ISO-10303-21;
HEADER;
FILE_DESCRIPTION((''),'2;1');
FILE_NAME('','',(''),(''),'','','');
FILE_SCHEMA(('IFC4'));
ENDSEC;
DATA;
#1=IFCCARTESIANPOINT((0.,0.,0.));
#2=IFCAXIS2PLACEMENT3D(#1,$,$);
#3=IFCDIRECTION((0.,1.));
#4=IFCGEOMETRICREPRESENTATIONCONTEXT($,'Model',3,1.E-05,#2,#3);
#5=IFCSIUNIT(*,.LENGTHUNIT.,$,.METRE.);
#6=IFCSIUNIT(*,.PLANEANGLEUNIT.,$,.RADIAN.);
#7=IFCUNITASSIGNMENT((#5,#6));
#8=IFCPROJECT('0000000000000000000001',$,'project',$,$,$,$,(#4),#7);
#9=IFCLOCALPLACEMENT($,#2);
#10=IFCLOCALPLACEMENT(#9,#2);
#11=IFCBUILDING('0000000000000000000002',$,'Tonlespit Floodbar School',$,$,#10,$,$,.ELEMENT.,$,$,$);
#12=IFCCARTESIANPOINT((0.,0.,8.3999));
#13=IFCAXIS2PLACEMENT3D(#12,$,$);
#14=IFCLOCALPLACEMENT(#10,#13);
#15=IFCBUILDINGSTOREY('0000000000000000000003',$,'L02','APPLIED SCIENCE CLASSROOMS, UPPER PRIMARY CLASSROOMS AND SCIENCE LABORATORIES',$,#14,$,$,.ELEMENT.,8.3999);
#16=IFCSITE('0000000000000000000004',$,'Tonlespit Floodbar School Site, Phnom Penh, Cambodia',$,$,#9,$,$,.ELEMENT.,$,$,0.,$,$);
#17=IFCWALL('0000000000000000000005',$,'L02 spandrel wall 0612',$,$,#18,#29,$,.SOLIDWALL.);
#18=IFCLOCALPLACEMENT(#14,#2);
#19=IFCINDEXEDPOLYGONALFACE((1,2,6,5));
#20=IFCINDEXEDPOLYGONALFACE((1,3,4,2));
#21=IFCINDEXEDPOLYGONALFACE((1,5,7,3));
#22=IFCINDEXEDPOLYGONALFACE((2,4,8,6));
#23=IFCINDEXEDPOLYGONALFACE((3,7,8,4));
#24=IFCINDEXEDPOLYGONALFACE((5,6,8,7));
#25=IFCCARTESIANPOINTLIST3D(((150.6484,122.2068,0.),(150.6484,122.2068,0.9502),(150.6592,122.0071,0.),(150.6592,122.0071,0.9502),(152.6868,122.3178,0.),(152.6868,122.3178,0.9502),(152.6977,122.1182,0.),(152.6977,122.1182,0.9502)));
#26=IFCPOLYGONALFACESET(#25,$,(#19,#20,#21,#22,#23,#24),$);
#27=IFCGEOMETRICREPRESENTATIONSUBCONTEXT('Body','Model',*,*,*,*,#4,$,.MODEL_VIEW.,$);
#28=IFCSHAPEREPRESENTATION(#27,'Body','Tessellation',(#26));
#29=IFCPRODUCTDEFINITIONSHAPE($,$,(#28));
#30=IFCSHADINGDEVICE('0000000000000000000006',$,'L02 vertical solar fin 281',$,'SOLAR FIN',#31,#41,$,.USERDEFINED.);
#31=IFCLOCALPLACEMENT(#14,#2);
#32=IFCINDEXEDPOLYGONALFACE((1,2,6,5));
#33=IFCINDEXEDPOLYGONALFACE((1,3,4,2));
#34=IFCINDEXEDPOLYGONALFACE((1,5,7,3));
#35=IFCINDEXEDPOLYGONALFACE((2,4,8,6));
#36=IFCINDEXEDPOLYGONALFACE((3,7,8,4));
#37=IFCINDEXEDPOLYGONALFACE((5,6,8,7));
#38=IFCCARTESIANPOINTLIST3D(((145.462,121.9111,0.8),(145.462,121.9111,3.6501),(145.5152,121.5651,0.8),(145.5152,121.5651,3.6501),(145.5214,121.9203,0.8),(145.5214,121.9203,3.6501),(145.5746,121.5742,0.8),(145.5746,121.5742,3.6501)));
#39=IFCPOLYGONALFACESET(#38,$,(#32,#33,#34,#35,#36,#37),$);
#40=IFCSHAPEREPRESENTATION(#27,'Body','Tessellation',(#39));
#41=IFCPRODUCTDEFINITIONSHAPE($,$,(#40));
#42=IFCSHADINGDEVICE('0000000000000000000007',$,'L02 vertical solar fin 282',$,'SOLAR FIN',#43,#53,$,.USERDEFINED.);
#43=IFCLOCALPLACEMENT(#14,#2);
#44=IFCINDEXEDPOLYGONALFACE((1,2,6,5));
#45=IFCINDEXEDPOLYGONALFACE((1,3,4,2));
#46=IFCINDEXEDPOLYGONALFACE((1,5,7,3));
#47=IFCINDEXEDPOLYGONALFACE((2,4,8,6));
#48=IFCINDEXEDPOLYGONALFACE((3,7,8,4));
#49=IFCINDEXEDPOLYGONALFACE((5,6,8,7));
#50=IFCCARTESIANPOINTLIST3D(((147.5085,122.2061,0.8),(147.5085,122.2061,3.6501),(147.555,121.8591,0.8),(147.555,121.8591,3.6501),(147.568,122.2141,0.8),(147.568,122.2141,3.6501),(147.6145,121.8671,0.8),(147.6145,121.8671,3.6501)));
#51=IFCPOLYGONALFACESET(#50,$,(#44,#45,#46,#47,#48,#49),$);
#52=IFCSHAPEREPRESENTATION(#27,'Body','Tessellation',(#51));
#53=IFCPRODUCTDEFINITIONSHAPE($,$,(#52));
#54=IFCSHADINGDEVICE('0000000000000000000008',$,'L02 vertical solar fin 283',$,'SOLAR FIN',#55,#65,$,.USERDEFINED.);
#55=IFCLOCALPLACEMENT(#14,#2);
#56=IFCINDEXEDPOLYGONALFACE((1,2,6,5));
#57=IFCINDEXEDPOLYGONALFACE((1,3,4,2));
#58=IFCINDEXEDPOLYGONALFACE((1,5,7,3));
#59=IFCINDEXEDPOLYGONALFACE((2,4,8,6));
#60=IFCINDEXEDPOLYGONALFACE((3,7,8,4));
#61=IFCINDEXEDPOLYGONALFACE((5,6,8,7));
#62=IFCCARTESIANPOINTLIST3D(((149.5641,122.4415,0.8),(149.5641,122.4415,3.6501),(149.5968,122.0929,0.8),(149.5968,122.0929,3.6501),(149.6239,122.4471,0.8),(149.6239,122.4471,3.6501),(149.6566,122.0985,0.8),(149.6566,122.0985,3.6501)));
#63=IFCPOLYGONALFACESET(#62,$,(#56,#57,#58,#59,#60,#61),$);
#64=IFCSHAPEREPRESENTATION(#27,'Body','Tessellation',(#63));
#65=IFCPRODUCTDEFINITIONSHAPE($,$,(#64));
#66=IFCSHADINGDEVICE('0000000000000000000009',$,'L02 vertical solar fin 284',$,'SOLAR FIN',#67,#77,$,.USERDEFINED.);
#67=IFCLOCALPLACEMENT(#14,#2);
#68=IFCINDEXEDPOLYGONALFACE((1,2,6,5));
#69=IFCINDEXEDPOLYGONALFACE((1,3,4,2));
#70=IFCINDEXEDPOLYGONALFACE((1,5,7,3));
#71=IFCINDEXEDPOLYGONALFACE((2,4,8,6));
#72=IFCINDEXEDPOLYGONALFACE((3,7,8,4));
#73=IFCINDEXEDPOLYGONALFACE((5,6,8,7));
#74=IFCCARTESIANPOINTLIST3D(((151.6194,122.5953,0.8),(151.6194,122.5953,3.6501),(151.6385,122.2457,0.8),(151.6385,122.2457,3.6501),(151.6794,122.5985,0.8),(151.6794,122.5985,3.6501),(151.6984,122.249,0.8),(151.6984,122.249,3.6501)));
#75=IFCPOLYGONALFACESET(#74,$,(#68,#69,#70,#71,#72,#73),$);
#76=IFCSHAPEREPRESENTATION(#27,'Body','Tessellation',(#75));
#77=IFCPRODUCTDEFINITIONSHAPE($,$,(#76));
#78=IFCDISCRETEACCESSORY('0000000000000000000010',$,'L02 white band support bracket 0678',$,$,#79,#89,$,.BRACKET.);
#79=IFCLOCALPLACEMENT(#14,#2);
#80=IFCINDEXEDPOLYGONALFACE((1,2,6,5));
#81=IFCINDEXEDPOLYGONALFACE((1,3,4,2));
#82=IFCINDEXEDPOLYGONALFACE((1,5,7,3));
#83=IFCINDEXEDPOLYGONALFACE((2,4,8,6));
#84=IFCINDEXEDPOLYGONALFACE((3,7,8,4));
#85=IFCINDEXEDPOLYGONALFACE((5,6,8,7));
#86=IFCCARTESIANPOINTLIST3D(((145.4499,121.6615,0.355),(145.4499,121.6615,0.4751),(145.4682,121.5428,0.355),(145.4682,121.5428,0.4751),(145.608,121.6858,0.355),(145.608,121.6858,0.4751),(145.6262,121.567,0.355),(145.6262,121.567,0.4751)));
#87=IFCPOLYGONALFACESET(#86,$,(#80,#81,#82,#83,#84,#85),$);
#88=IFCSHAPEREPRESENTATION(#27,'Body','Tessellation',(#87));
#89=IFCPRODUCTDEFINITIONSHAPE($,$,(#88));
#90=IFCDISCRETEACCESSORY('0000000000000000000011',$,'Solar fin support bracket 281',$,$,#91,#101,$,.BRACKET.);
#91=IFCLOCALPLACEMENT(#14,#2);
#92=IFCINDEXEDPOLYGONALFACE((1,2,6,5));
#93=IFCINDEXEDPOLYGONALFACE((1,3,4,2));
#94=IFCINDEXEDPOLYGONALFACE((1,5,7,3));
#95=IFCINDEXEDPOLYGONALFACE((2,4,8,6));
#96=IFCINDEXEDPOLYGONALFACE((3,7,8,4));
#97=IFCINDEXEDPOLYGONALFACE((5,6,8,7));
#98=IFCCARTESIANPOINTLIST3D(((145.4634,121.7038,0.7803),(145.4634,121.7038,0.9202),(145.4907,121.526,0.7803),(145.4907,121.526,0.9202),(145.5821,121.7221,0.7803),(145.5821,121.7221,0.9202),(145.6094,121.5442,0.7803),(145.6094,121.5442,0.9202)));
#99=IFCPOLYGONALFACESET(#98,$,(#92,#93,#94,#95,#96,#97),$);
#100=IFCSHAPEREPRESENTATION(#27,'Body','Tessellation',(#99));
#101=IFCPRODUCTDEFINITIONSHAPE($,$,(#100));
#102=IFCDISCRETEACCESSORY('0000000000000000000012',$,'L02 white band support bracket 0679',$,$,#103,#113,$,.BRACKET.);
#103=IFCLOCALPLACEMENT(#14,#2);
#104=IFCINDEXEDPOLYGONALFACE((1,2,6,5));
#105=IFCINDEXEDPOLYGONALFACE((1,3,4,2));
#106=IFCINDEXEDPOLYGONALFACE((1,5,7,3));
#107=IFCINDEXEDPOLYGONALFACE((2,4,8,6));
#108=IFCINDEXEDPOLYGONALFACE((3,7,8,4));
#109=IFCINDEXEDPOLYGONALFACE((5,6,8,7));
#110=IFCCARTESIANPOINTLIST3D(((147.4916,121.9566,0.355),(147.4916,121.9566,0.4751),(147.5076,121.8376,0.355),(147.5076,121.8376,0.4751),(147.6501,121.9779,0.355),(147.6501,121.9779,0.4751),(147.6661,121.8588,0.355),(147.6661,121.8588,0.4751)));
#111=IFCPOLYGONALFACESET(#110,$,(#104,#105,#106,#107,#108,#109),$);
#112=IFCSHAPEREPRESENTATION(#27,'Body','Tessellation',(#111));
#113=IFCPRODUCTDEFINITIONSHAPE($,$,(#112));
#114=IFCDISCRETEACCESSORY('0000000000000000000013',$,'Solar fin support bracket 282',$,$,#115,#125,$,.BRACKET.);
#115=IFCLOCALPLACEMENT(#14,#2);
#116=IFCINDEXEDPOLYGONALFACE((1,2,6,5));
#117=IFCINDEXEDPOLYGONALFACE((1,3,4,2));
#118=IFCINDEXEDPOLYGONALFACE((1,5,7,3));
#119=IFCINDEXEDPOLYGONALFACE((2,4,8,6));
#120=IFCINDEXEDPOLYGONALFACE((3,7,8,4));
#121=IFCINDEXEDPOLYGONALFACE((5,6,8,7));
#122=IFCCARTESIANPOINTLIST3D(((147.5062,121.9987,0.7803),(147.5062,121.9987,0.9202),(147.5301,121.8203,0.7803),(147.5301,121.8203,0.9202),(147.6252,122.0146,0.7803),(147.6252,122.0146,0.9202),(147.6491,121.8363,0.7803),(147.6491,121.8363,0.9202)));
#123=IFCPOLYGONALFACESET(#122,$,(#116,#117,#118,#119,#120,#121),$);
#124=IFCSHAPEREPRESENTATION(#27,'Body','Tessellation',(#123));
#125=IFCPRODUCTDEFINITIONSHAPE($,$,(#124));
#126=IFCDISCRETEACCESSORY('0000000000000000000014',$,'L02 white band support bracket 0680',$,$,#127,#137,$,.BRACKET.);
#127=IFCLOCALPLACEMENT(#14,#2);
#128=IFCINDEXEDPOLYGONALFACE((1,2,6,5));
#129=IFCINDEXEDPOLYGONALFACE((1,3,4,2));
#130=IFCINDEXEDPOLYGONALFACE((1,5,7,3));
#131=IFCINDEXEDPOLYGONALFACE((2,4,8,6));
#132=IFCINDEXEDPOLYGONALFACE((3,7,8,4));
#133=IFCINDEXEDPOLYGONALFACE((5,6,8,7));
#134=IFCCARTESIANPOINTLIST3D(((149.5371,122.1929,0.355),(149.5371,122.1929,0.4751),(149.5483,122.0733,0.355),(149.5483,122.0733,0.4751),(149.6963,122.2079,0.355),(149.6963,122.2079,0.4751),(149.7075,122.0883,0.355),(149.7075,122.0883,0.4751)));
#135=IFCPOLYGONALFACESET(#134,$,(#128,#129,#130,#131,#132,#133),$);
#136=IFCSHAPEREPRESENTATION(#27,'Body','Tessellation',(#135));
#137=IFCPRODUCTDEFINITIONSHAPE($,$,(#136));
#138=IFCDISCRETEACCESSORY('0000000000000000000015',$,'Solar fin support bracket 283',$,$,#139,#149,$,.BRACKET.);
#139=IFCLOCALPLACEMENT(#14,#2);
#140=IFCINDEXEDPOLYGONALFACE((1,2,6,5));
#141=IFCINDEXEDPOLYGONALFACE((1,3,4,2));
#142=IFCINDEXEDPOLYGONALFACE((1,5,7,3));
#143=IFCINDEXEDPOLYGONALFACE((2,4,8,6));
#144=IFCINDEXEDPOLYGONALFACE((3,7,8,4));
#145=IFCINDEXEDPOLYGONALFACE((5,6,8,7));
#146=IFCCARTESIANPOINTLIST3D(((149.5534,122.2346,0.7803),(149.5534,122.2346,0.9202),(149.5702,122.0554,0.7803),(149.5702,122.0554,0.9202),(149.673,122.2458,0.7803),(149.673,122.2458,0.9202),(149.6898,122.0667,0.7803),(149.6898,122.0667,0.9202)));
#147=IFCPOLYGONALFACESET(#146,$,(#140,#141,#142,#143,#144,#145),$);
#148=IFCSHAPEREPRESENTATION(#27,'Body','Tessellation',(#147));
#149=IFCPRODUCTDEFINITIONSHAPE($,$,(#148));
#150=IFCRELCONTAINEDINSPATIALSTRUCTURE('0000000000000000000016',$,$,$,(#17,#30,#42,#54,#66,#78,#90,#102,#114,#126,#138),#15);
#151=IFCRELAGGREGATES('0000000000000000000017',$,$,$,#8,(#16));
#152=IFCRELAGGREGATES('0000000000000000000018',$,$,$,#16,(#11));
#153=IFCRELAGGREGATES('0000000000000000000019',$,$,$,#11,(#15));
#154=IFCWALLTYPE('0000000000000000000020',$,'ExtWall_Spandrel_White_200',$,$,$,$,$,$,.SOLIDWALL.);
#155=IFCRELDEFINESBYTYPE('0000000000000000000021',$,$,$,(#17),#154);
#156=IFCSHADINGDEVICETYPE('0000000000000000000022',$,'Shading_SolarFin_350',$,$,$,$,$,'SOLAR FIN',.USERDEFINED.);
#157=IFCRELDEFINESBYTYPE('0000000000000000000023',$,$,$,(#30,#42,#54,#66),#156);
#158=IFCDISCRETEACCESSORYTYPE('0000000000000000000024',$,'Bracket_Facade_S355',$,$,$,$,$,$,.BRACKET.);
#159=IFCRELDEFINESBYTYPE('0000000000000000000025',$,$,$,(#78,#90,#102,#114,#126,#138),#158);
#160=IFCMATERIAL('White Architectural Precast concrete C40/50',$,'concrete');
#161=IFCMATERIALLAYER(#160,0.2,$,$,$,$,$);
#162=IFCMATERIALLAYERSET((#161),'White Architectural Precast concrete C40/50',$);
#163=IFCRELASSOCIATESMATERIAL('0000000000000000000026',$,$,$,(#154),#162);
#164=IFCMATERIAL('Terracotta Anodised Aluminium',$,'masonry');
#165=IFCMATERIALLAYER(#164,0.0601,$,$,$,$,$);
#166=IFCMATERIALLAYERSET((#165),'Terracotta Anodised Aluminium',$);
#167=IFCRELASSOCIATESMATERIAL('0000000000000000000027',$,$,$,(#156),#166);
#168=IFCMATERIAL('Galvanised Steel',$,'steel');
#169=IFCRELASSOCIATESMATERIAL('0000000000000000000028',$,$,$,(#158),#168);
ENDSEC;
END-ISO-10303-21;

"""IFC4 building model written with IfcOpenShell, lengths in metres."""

from ifc_helpers import new_model, si_unit, direction, frame, frame_2d, origin, origin_2d, place, context, subcontext, project, spatial, rectangle, extrude, material, layer, layer_set, type_object, element, save


model = new_model("IFC4")

# Units and contexts
model_context = context("Model", 3, precision=1e-05, world=origin(), true_north=direction((0.0, 1.0)))
body_context = subcontext(model_context, "Body", "Model", "MODEL_VIEW")
ifc_project = project(units=[si_unit("LENGTHUNIT", "METRE"), si_unit("PLANEANGLEUNIT", "RADIAN")], contexts=[model_context])

# Site, building, storey
site_placement = place(None, origin())
site = spatial("IfcSite", under=ifc_project, at=site_placement, Name="Tonlespit Floodbar School Site, Phnom Penh, Cambodia", CompositionType="ELEMENT", RefElevation=0.0)
building_placement = place(site_placement, origin())
building = spatial("IfcBuilding", under=site, at=building_placement, Name="Tonlespit Floodbar School", CompositionType="ELEMENT")
storey_placement = place(building_placement, frame((0.0, 0.0, 8.3999)))
storey = spatial("IfcBuildingStorey", under=building, at=storey_placement, Name="L02", Description="APPLIED SCIENCE CLASSROOMS, UPPER PRIMARY CLASSROOMS AND SCIENCE LABORATORIES", CompositionType="ELEMENT", Elevation=8.3999)

# Wall
ifc_material_1 = material(Name="White Architectural Precast concrete C40/50", Category="concrete")
ifc_layer_1 = layer(ifc_material_1, 0.2)
ifc_layer_set_1 = layer_set([ifc_layer_1], Name="White Architectural Precast concrete C40/50")
wall_type = type_object("IfcWallType", Name="ExtWall_Spandrel_White_200", PredefinedType="SOLIDWALL", material=ifc_layer_set_1)
wall_1_placement = place(storey_placement, frame((150.6538, 122.1069, 0.0), z_axis=(0.0, 0.0, 1.0), x_axis=(0.998519, 0.05441, 0.0)))
element("IfcWall", 1, at=wall_1_placement, inside=storey, type_object=wall_type, Name="L02 spandrel wall 0612", PredefinedType="SOLIDWALL", context=body_context, shape_type="SweptSolid", body=[
    extrude(rectangle(XDim=2.0415, YDim=0.2, at=frame_2d((1.0208, 0.0))), origin(), (0.0, 0.0, 1.0), 0.9502),
])

# Shading devices
ifc_material_2 = material(Name="Terracotta Anodised Aluminium", Category="masonry")
ifc_layer_2 = layer(ifc_material_2, 0.0601)
ifc_layer_set_2 = layer_set([ifc_layer_2], Name="Terracotta Anodised Aluminium")
shading_device_type = type_object("IfcShadingDeviceType", Name="Shading_SolarFin_350", ElementType="SOLAR FIN", PredefinedType="USERDEFINED", material=ifc_layer_set_2)
for number, where, z_axis, x_axis, name in (
    (2, (145.5183, 121.7427, 0.8), (0.0, 0.0, 1.0), (0.988401, 0.151868, 0.0), "L02 vertical solar fin 281"),
    (3, (147.5615, 122.0366, 0.8), (0.0, 0.0, 1.0), (0.991145, 0.132784, 0.0), "L02 vertical solar fin 282"),
    (4, (149.6104, 122.27, 0.8), (0.0, 0.0, 1.0), (0.995611, 0.093584, 0.0), "L02 vertical solar fin 283"),
    (5, (151.6589, 122.4221, 0.8), (0.0, 0.0, 1.0), (0.998521, 0.054372, 0.0), "L02 vertical solar fin 284"),
):
    element("IfcShadingDevice", number, at=place(storey_placement, frame(where, z_axis=z_axis, x_axis=x_axis)), inside=storey, type_object=shading_device_type, Name=name, ObjectType="SOLAR FIN", PredefinedType="USERDEFINED", context=body_context, shape_type="SweptSolid", body=[
        extrude(rectangle(XDim=0.0601, YDim=0.3501, at=origin_2d()), origin(), (0.0, 0.0, 1.0), 2.8501),
    ])

# Discrete accessories
ifc_material_3 = material(Name="Galvanised Steel", Category="steel")
discrete_accessory_type = type_object("IfcDiscreteAccessoryType", Name="Bracket_Facade_S355", PredefinedType="BRACKET", material=ifc_material_3)
discrete_accessory_1_placement = place(storey_placement, frame((145.5381, 121.6143, 0.355), z_axis=(0.0, 0.0, 1.0), x_axis=(0.988401, 0.151868, 0.0)))
element("IfcDiscreteAccessory", 6, at=discrete_accessory_1_placement, inside=storey, type_object=discrete_accessory_type, Name="L02 white band support bracket 0678", PredefinedType="BRACKET", context=body_context, shape_type="SweptSolid", body=[
    extrude(rectangle(XDim=0.1599, YDim=0.1201, at=origin_2d()), origin(), (0.0, 0.0, 1.0), 0.1201),
])
discrete_accessory_2_placement = place(storey_placement, frame((145.5364, 121.624, 0.7803), z_axis=(0.0, 0.0, 1.0), x_axis=(0.988401, 0.151868, 0.0)))
element("IfcDiscreteAccessory", 7, at=discrete_accessory_2_placement, inside=storey, type_object=discrete_accessory_type, Name="Solar fin support bracket 281", PredefinedType="BRACKET", context=body_context, shape_type="SweptSolid", body=[
    extrude(rectangle(XDim=0.1201, YDim=0.1799, at=origin_2d()), origin(), (0.0, 0.0, 1.0), 0.1399),
])
discrete_accessory_3_placement = place(storey_placement, frame((147.5789, 121.9077, 0.355), z_axis=(0.0, 0.0, 1.0), x_axis=(0.991145, 0.132784, 0.0)))
element("IfcDiscreteAccessory", 8, at=discrete_accessory_3_placement, inside=storey, type_object=discrete_accessory_type, Name="L02 white band support bracket 0679", PredefinedType="BRACKET", context=body_context, shape_type="SweptSolid", body=[
    extrude(rectangle(XDim=0.1599, YDim=0.1201, at=origin_2d()), origin(), (0.0, 0.0, 1.0), 0.1201),
])
discrete_accessory_4_placement = place(storey_placement, frame((147.5776, 121.9175, 0.7803), z_axis=(0.0, 0.0, 1.0), x_axis=(0.991145, 0.132784, 0.0)))
element("IfcDiscreteAccessory", 9, at=discrete_accessory_4_placement, inside=storey, type_object=discrete_accessory_type, Name="Solar fin support bracket 282", PredefinedType="BRACKET", context=body_context, shape_type="SweptSolid", body=[
    extrude(rectangle(XDim=0.1201, YDim=0.1799, at=origin_2d()), origin(), (0.0, 0.0, 1.0), 0.1399),
])
discrete_accessory_5_placement = place(storey_placement, frame((149.6223, 122.1406, 0.355), z_axis=(0.0, 0.0, 1.0), x_axis=(0.995611, 0.093584, 0.0)))
element("IfcDiscreteAccessory", 10, at=discrete_accessory_5_placement, inside=storey, type_object=discrete_accessory_type, Name="L02 white band support bracket 0680", PredefinedType="BRACKET", context=body_context, shape_type="SweptSolid", body=[
    extrude(rectangle(XDim=0.1599, YDim=0.1201, at=origin_2d()), origin(), (0.0, 0.0, 1.0), 0.1201),
])
discrete_accessory_6_placement = place(storey_placement, frame((149.6216, 122.1506, 0.7803), z_axis=(0.0, 0.0, 1.0), x_axis=(0.995611, 0.093584, 0.0)))
element("IfcDiscreteAccessory", 11, at=discrete_accessory_6_placement, inside=storey, type_object=discrete_accessory_type, Name="Solar fin support bracket 283", PredefinedType="BRACKET", context=body_context, shape_type="SweptSolid", body=[
    extrude(rectangle(XDim=0.1201, YDim=0.1799, at=origin_2d()), origin(), (0.0, 0.0, 1.0), 0.1399),
])

save(model, "model.ifc")
